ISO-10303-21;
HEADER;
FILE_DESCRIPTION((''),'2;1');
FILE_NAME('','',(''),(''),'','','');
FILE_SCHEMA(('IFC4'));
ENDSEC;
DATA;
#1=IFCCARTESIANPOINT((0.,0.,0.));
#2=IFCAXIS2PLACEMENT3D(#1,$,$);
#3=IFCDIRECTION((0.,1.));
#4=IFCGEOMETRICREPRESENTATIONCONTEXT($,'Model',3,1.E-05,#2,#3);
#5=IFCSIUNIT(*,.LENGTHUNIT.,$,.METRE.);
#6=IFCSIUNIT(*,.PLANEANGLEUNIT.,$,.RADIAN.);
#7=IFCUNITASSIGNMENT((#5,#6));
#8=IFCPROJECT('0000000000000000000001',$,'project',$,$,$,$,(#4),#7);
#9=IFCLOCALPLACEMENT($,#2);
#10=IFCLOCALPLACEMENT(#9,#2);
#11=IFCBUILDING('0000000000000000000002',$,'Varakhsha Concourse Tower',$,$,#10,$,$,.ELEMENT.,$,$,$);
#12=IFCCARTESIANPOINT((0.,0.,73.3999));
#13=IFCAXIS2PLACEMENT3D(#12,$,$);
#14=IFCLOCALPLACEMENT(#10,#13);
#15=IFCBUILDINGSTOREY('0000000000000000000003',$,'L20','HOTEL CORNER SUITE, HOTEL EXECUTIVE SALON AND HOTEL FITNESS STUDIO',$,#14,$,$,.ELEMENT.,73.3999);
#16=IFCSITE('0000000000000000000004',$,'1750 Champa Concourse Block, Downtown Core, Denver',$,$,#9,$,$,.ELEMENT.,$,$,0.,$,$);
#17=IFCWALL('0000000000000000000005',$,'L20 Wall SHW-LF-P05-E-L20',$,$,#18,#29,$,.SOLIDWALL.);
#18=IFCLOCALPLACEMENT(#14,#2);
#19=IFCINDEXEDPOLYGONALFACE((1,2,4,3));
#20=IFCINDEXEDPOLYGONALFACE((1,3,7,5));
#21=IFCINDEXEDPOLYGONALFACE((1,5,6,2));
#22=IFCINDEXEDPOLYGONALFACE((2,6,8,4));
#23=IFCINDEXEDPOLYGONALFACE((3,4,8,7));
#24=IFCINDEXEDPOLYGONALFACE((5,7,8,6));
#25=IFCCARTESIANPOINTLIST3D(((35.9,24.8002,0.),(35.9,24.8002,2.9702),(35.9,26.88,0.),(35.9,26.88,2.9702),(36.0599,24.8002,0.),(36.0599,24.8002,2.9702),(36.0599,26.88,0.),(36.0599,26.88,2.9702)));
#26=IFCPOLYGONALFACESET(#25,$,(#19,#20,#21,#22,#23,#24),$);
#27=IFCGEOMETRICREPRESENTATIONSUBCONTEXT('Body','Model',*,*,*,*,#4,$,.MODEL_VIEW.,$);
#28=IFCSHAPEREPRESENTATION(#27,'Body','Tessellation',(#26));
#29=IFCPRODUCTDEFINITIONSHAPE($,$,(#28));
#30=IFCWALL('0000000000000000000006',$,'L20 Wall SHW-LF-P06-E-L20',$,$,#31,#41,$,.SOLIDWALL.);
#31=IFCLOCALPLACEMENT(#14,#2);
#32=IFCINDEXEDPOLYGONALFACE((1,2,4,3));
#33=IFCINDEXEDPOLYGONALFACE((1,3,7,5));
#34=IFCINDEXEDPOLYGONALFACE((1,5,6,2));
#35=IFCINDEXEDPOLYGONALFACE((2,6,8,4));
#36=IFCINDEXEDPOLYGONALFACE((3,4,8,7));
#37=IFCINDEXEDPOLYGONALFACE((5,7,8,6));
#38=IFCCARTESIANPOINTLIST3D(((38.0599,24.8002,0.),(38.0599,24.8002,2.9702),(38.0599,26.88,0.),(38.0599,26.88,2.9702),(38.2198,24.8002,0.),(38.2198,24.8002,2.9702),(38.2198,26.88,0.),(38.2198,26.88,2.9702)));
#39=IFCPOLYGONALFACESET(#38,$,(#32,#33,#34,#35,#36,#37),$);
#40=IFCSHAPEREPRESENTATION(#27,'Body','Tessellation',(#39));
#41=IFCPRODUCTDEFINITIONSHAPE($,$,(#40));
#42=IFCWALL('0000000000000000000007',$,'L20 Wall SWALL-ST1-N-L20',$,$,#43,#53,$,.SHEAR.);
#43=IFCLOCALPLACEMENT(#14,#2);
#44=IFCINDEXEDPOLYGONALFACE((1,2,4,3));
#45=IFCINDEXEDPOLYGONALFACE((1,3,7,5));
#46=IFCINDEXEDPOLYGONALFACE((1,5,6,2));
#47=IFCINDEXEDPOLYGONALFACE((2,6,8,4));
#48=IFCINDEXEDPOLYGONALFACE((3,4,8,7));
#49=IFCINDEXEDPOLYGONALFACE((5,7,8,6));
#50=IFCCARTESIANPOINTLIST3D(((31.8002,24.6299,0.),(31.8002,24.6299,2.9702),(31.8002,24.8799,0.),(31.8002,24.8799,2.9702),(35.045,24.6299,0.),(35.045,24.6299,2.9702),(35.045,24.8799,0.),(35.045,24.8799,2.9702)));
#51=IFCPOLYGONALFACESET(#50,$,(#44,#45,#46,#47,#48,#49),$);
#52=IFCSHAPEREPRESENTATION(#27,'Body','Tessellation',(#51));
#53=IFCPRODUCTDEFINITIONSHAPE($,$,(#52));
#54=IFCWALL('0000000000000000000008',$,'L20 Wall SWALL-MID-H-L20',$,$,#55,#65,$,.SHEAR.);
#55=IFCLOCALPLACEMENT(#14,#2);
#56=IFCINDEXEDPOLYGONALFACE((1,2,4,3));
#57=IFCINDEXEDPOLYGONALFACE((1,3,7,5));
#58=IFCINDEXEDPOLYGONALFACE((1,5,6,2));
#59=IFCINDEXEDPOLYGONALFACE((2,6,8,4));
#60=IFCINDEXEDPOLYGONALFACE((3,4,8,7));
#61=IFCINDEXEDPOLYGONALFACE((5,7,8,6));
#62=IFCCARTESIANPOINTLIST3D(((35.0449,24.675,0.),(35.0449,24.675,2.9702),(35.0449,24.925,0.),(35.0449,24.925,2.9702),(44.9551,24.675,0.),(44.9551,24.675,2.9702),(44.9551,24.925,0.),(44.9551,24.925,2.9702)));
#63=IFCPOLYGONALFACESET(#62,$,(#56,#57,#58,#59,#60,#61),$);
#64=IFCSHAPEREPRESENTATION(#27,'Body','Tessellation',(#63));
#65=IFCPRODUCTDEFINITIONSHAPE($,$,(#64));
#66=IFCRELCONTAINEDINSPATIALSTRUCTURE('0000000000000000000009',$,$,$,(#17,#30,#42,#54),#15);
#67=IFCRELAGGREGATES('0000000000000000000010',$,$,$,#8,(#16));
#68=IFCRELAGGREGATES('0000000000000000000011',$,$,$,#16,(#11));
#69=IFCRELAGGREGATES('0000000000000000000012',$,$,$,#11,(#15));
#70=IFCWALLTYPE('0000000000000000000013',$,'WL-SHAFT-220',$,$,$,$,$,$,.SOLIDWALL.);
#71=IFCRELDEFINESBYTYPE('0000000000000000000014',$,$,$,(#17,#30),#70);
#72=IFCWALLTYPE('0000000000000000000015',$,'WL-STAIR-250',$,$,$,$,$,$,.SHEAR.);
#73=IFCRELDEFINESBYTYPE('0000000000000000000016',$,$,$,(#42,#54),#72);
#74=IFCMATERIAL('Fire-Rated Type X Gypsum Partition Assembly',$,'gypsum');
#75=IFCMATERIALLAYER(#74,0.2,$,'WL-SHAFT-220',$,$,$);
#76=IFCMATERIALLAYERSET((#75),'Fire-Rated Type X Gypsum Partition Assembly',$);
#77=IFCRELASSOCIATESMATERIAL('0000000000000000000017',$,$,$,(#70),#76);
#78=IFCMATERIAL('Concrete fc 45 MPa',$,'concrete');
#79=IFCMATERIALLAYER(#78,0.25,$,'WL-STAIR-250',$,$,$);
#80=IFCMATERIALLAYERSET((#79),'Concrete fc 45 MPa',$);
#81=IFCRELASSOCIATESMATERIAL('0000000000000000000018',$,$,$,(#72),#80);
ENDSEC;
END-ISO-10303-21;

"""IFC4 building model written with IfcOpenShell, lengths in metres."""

from ifc_helpers import new_model, si_unit, direction, frame, frame_2d, origin, place, context, subcontext, project, spatial, rectangle, extrude, material, layer, layer_set, type_object, element, save


model = new_model("IFC4")

# Units and contexts
model_context = context("Model", 3, precision=1e-05, world=origin(), true_north=direction((0.0, 1.0)))
body_context = subcontext(model_context, "Body", "Model", "MODEL_VIEW")
ifc_project = project(units=[si_unit("LENGTHUNIT", "METRE"), si_unit("PLANEANGLEUNIT", "RADIAN")], contexts=[model_context])

# Site, building, storey
site_placement = place(None, origin())
site = spatial("IfcSite", under=ifc_project, at=site_placement, Name="1750 Champa Concourse Block, Downtown Core, Denver", CompositionType="ELEMENT", RefElevation=0.0)
building_placement = place(site_placement, origin())
building = spatial("IfcBuilding", under=site, at=building_placement, Name="Varakhsha Concourse Tower", CompositionType="ELEMENT")
storey_placement = place(building_placement, frame((0.0, 0.0, 73.3999)))
storey = spatial("IfcBuildingStorey", under=building, at=storey_placement, Name="L20", Description="HOTEL CORNER SUITE, HOTEL EXECUTIVE SALON AND HOTEL FITNESS STUDIO", CompositionType="ELEMENT", Elevation=73.3999)

# Shared definitions
ifc_material_1 = material(Name="Fire-Rated Type X Gypsum Partition Assembly", Category="gypsum")

# Shared definitions
ifc_layer_1 = layer(ifc_material_1, 0.2, Name="WL-SHAFT-220")
ifc_layer_set_1 = layer_set([ifc_layer_1], Name="Fire-Rated Type X Gypsum Partition Assembly")
wall_type_1 = type_object("IfcWallType", Name="WL-SHAFT-220", PredefinedType="SOLIDWALL", material=ifc_layer_set_1)

# Walls
for number, where, z_axis, x_axis, name in (
    (1, (35.98, 24.8, 0.0), (0.0, 0.0, 1.0), (0.0, 1.0, 0.0), "L20 Wall SHW-LF-P05-E-L20"),
    (2, (38.1399, 24.8, 0.0), (0.0, 0.0, 1.0), (0.0, 1.0, 0.0), "L20 Wall SHW-LF-P06-E-L20"),
):
    element("IfcWall", number, at=place(storey_placement, frame(where, z_axis=z_axis, x_axis=x_axis)), inside=storey, type_object=wall_type_1, Name=name, PredefinedType="SOLIDWALL", context=body_context, shape_type="SweptSolid", body=[
        extrude(rectangle(XDim=2.0798, YDim=0.1599, at=frame_2d((1.04, 0.0))), origin(), (0.0, 0.0, 1.0), 2.9702),
    ])
ifc_material_2 = material(Name="Concrete fc 45 MPa", Category="concrete")
ifc_layer_2 = layer(ifc_material_2, 0.25, Name="WL-STAIR-250")
ifc_layer_set_2 = layer_set([ifc_layer_2], Name="Concrete fc 45 MPa")
wall_type_2 = type_object("IfcWallType", Name="WL-STAIR-250", PredefinedType="SHEAR", material=ifc_layer_set_2)
wall_1_placement = place(storey_placement, frame((31.8, 24.7549, 0.0), z_axis=(0.0, 0.0, 1.0), x_axis=(1.0, 0.0, 0.0)))
element("IfcWall", 3, at=wall_1_placement, inside=storey, type_object=wall_type_2, Name="L20 Wall SWALL-ST1-N-L20", PredefinedType="SHEAR", context=body_context, shape_type="SweptSolid", body=[
    extrude(rectangle(XDim=3.2449, YDim=0.25, at=frame_2d((1.6226, 0.0))), origin(), (0.0, 0.0, 1.0), 2.9702),
])
wall_2_placement = place(storey_placement, frame((35.0449, 24.8, 0.0), z_axis=(0.0, 0.0, 1.0), x_axis=(1.0, 0.0, 0.0)))
element("IfcWall", 4, at=wall_2_placement, inside=storey, type_object=wall_type_2, Name="L20 Wall SWALL-MID-H-L20", PredefinedType="SHEAR", context=body_context, shape_type="SweptSolid", body=[
    extrude(rectangle(XDim=9.9102, YDim=0.25, at=frame_2d((4.9551, 0.0))), origin(), (0.0, 0.0, 1.0), 2.9702),
])

save(model, "model.ifc")
